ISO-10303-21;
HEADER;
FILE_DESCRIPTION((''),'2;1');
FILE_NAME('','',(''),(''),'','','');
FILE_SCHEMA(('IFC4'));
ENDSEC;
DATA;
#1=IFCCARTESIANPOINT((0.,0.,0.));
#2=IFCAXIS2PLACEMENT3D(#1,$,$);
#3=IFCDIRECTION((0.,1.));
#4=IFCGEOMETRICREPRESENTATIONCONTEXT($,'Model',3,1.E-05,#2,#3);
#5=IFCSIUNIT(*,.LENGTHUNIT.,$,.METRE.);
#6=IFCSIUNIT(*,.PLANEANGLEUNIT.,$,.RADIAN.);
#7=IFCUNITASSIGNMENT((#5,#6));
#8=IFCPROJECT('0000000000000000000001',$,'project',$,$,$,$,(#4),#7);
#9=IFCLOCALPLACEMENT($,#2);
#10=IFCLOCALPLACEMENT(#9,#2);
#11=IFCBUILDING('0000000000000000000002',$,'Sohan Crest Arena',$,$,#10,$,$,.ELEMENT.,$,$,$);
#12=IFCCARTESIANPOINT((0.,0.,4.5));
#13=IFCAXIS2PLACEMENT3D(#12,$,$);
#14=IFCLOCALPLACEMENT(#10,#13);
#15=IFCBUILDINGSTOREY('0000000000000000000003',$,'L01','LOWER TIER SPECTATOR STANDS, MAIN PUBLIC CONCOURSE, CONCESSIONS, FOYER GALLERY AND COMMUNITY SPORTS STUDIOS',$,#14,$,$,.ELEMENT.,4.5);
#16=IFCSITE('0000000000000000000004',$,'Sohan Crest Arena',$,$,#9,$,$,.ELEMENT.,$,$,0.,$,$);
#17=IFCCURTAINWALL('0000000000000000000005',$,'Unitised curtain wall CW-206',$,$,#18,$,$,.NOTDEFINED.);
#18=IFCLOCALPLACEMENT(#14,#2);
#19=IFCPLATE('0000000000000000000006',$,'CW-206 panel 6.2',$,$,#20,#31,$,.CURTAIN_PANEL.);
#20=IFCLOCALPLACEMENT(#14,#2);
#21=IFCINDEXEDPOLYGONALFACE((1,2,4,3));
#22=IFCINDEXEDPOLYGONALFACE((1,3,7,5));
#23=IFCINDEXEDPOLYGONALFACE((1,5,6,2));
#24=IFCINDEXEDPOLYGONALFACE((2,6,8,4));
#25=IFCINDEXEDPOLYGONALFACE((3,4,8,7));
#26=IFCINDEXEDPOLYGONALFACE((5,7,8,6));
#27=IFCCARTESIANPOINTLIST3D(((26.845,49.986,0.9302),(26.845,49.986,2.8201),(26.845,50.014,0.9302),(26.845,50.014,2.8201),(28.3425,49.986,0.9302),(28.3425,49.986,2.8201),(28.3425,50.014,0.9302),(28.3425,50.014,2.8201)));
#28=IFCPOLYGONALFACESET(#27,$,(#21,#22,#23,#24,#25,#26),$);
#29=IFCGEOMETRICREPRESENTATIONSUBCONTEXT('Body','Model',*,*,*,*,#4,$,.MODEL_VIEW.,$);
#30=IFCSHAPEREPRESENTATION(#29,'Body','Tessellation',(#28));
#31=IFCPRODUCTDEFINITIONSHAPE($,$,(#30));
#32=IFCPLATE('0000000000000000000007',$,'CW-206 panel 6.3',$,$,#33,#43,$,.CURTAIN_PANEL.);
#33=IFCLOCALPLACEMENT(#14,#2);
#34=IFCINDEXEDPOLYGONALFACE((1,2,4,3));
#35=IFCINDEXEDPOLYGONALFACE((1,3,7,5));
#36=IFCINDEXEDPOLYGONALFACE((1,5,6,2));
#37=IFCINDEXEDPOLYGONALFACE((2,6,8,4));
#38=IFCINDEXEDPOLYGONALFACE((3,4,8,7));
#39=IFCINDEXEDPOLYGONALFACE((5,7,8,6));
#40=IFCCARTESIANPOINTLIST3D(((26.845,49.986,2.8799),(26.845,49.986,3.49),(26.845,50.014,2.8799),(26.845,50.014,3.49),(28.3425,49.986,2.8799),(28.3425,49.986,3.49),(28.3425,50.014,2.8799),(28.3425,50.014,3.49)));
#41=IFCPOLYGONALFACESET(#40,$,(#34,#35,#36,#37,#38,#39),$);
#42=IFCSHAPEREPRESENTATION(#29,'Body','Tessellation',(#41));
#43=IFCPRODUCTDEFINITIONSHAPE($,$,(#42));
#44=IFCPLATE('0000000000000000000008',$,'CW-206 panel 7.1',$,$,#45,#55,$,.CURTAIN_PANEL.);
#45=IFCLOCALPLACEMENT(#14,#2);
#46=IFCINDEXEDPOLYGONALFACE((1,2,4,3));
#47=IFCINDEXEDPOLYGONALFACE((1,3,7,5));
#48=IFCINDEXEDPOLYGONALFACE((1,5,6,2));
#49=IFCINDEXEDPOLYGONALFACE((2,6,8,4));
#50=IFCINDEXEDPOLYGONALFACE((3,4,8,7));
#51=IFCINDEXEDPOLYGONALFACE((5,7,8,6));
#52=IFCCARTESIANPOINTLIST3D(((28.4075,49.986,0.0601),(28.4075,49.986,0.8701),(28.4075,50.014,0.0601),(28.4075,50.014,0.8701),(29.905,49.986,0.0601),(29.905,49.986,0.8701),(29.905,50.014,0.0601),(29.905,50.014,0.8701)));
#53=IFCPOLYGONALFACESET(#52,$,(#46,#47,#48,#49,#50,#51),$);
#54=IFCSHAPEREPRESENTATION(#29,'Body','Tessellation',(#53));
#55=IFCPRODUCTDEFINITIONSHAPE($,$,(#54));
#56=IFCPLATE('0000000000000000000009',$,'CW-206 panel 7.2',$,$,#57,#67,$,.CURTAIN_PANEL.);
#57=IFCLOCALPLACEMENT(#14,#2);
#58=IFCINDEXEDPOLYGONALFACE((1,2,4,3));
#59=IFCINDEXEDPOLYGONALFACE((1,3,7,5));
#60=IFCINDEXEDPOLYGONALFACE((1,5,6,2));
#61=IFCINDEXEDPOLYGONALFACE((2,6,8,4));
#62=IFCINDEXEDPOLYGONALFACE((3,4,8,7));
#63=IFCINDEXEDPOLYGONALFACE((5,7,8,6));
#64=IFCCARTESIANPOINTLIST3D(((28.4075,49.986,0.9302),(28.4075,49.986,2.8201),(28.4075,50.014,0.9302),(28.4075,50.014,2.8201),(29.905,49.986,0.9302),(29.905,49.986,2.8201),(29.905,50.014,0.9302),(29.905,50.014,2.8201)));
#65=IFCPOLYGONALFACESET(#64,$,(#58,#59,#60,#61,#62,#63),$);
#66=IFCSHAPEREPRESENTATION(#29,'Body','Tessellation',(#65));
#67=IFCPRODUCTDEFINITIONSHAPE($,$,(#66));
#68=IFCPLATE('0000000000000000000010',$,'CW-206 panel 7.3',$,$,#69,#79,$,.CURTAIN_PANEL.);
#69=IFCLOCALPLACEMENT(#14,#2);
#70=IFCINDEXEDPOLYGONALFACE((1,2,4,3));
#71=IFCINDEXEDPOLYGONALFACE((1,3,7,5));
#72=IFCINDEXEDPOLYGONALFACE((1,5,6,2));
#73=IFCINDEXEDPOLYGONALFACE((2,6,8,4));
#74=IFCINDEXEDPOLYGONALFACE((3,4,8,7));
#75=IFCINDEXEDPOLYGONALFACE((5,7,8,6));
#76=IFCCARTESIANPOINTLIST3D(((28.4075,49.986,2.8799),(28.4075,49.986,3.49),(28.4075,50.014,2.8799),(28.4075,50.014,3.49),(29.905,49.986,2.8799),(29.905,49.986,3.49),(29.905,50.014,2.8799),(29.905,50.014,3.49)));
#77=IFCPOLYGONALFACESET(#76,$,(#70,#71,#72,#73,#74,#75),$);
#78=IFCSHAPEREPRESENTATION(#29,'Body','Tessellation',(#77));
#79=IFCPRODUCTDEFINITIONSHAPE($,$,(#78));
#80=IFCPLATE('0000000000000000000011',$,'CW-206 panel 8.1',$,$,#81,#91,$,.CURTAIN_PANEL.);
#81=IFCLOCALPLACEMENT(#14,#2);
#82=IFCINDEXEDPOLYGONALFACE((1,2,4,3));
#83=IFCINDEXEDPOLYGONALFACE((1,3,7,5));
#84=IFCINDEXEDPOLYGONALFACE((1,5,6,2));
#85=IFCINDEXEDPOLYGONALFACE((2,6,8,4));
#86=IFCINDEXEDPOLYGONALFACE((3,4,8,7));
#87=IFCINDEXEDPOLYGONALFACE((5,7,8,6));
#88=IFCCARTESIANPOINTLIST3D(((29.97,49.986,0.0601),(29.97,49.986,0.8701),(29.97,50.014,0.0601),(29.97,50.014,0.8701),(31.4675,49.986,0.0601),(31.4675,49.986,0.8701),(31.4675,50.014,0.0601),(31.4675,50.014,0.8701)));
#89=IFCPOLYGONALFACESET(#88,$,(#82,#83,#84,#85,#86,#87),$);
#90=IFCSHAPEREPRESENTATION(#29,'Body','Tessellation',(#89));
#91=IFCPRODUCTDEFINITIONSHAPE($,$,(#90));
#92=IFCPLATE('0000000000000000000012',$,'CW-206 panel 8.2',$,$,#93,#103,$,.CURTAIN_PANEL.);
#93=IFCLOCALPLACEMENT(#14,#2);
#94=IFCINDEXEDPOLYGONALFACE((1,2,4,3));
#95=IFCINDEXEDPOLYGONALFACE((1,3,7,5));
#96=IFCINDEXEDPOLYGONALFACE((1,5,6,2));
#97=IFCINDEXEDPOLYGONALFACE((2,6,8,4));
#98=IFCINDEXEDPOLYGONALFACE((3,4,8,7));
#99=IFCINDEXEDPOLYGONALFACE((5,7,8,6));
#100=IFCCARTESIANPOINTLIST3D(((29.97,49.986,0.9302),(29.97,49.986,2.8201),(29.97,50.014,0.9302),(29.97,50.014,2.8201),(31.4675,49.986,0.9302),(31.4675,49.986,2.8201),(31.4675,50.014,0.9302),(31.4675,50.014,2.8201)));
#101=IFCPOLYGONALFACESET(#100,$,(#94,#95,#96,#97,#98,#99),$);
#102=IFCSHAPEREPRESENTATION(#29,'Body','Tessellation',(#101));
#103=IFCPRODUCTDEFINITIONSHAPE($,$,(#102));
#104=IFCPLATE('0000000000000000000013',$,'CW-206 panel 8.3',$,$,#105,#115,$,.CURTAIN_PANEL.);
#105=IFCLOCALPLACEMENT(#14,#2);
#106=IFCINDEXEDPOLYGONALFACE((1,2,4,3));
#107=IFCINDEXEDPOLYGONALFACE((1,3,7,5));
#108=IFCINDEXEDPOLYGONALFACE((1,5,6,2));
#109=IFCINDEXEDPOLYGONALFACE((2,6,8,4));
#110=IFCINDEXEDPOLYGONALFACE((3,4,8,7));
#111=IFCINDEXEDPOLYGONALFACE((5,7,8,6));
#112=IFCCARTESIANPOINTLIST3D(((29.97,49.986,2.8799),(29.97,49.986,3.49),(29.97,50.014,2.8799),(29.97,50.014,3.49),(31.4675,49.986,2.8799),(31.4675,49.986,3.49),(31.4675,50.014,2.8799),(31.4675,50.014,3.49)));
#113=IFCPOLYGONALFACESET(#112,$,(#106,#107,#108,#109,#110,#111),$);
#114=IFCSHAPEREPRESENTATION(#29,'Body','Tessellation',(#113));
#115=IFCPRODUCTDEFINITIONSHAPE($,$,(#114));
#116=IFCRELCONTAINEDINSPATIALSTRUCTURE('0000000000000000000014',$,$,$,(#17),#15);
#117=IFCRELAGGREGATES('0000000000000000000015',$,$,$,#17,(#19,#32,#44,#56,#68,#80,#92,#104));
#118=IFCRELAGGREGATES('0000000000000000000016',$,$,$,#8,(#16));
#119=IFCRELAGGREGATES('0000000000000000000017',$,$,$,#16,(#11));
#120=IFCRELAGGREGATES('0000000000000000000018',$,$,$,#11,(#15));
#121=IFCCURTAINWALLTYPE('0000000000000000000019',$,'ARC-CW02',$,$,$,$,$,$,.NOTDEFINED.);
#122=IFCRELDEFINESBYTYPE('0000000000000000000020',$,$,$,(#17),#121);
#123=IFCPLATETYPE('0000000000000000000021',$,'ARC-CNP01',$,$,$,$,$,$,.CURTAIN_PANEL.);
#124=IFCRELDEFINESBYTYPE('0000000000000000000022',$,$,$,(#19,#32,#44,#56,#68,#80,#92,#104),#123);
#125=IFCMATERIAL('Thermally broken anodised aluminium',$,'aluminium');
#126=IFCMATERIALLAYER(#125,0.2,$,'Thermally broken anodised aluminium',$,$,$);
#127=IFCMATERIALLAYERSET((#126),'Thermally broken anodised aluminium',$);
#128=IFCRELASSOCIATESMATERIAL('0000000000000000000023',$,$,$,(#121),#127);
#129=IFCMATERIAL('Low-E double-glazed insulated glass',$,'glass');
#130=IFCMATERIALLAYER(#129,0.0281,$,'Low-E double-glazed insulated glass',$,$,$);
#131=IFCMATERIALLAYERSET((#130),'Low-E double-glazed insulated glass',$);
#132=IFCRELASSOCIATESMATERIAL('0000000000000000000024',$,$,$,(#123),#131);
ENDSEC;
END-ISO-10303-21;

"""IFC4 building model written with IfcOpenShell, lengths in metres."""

from ifc_helpers import new_model, si_unit, direction, frame, origin, origin_2d, place, context, subcontext, project, spatial, rectangle, extrude, material, layer, layer_set, type_object, element, aggregate, save


model = new_model("IFC4")

# Units and contexts
model_context = context("Model", 3, precision=1e-05, world=origin(), true_north=direction((0.0, 1.0)))
body_context = subcontext(model_context, "Body", "Model", "MODEL_VIEW")
ifc_project = project(units=[si_unit("LENGTHUNIT", "METRE"), si_unit("PLANEANGLEUNIT", "RADIAN")], contexts=[model_context])

# Site, building, storey
site_placement = place(None, origin())
site = spatial("IfcSite", under=ifc_project, at=site_placement, Name="Sohan Crest Arena", CompositionType="ELEMENT", RefElevation=0.0)
building_placement = place(site_placement, origin())
building = spatial("IfcBuilding", under=site, at=building_placement, Name="Sohan Crest Arena", CompositionType="ELEMENT")
storey_placement = place(building_placement, frame((0.0, 0.0, 4.5)))
storey = spatial("IfcBuildingStorey", under=building, at=storey_placement, Name="L01", Description="LOWER TIER SPECTATOR STANDS, MAIN PUBLIC CONCOURSE, CONCESSIONS, FOYER GALLERY AND COMMUNITY SPORTS STUDIOS", CompositionType="ELEMENT", Elevation=4.5)

# Curtain wall, plates
ifc_material_1 = material(Name="Thermally broken anodised aluminium", Category="aluminium")
ifc_layer_1 = layer(ifc_material_1, 0.2, Name="Thermally broken anodised aluminium")
ifc_layer_set_1 = layer_set([ifc_layer_1], Name="Thermally broken anodised aluminium")
curtain_wall_type = type_object("IfcCurtainWallType", Name="ARC-CW02", PredefinedType="NOTDEFINED", material=ifc_layer_set_1)
curtain_wall_placement = place(storey_placement, origin())
curtain_wall = element("IfcCurtainWall", 1, at=curtain_wall_placement, inside=storey, type_object=curtain_wall_type, Name="Unitised curtain wall CW-206", PredefinedType="NOTDEFINED")
ifc_material_2 = material(Name="Low-E double-glazed insulated glass", Category="glass")
ifc_layer_2 = layer(ifc_material_2, 0.0281, Name="Low-E double-glazed insulated glass")
ifc_layer_set_2 = layer_set([ifc_layer_2], Name="Low-E double-glazed insulated glass")
plate_type = type_object("IfcPlateType", Name="ARC-CNP01", PredefinedType="CURTAIN_PANEL", material=ifc_layer_set_2)
plate_1_placement = place(storey_placement, frame((27.5938, 50.0, 0.9302), z_axis=(0.0, 0.0, 1.0), x_axis=(1.0, 0.0, 0.0)))
plate_1 = element("IfcPlate", 2, at=plate_1_placement, type_object=plate_type, Name="CW-206 panel 6.2", PredefinedType="CURTAIN_PANEL", context=body_context, shape_type="SweptSolid", body=[
    extrude(rectangle(XDim=1.4976, YDim=0.0281, at=origin_2d()), origin(), (0.0, 0.0, 1.0), 1.8899),
])
plate_2_placement = place(storey_placement, frame((27.5938, 50.0, 2.8799), z_axis=(0.0, 0.0, 1.0), x_axis=(1.0, 0.0, 0.0)))
plate_2 = element("IfcPlate", 3, at=plate_2_placement, type_object=plate_type, Name="CW-206 panel 6.3", PredefinedType="CURTAIN_PANEL", context=body_context, shape_type="SweptSolid", body=[
    extrude(rectangle(XDim=1.4976, YDim=0.0281, at=origin_2d()), origin(), (0.0, 0.0, 1.0), 0.6101),
])
plate_3_placement = place(storey_placement, frame((29.1562, 50.0, 0.0601), z_axis=(0.0, 0.0, 1.0), x_axis=(1.0, 0.0, 0.0)))
plate_3 = element("IfcPlate", 4, at=plate_3_placement, type_object=plate_type, Name="CW-206 panel 7.1", PredefinedType="CURTAIN_PANEL", context=body_context, shape_type="SweptSolid", body=[
    extrude(rectangle(XDim=1.4976, YDim=0.0281, at=origin_2d()), origin(), (0.0, 0.0, 1.0), 0.8101),
])
plate_4_placement = place(storey_placement, frame((29.1562, 50.0, 0.9302), z_axis=(0.0, 0.0, 1.0), x_axis=(1.0, 0.0, 0.0)))
plate_4 = element("IfcPlate", 5, at=plate_4_placement, type_object=plate_type, Name="CW-206 panel 7.2", PredefinedType="CURTAIN_PANEL", context=body_context, shape_type="SweptSolid", body=[
    extrude(rectangle(XDim=1.4976, YDim=0.0281, at=origin_2d()), origin(), (0.0, 0.0, 1.0), 1.8899),
])
plate_5_placement = place(storey_placement, frame((29.1562, 50.0, 2.8799), z_axis=(0.0, 0.0, 1.0), x_axis=(1.0, 0.0, 0.0)))
plate_5 = element("IfcPlate", 6, at=plate_5_placement, type_object=plate_type, Name="CW-206 panel 7.3", PredefinedType="CURTAIN_PANEL", context=body_context, shape_type="SweptSolid", body=[
    extrude(rectangle(XDim=1.4976, YDim=0.0281, at=origin_2d()), origin(), (0.0, 0.0, 1.0), 0.6101),
])
plate_6_placement = place(storey_placement, frame((30.7188, 50.0, 0.0601), z_axis=(0.0, 0.0, 1.0), x_axis=(1.0, 0.0, 0.0)))
plate_6 = element("IfcPlate", 7, at=plate_6_placement, type_object=plate_type, Name="CW-206 panel 8.1", PredefinedType="CURTAIN_PANEL", context=body_context, shape_type="SweptSolid", body=[
    extrude(rectangle(XDim=1.4976, YDim=0.0281, at=origin_2d()), origin(), (0.0, 0.0, 1.0), 0.8101),
])
plate_7_placement = place(storey_placement, frame((30.7188, 50.0, 0.9302), z_axis=(0.0, 0.0, 1.0), x_axis=(1.0, 0.0, 0.0)))
plate_7 = element("IfcPlate", 8, at=plate_7_placement, type_object=plate_type, Name="CW-206 panel 8.2", PredefinedType="CURTAIN_PANEL", context=body_context, shape_type="SweptSolid", body=[
    extrude(rectangle(XDim=1.4976, YDim=0.0281, at=origin_2d()), origin(), (0.0, 0.0, 1.0), 1.8899),
])
plate_8_placement = place(storey_placement, frame((30.7188, 50.0, 2.8799), z_axis=(0.0, 0.0, 1.0), x_axis=(1.0, 0.0, 0.0)))
plate_8 = element("IfcPlate", 9, at=plate_8_placement, type_object=plate_type, Name="CW-206 panel 8.3", PredefinedType="CURTAIN_PANEL", context=body_context, shape_type="SweptSolid", body=[
    extrude(rectangle(XDim=1.4976, YDim=0.0281, at=origin_2d()), origin(), (0.0, 0.0, 1.0), 0.6101),
])
aggregate(curtain_wall, [plate_1, plate_2, plate_3, plate_4, plate_5, plate_6, plate_7, plate_8])

save(model, "model.ifc")
